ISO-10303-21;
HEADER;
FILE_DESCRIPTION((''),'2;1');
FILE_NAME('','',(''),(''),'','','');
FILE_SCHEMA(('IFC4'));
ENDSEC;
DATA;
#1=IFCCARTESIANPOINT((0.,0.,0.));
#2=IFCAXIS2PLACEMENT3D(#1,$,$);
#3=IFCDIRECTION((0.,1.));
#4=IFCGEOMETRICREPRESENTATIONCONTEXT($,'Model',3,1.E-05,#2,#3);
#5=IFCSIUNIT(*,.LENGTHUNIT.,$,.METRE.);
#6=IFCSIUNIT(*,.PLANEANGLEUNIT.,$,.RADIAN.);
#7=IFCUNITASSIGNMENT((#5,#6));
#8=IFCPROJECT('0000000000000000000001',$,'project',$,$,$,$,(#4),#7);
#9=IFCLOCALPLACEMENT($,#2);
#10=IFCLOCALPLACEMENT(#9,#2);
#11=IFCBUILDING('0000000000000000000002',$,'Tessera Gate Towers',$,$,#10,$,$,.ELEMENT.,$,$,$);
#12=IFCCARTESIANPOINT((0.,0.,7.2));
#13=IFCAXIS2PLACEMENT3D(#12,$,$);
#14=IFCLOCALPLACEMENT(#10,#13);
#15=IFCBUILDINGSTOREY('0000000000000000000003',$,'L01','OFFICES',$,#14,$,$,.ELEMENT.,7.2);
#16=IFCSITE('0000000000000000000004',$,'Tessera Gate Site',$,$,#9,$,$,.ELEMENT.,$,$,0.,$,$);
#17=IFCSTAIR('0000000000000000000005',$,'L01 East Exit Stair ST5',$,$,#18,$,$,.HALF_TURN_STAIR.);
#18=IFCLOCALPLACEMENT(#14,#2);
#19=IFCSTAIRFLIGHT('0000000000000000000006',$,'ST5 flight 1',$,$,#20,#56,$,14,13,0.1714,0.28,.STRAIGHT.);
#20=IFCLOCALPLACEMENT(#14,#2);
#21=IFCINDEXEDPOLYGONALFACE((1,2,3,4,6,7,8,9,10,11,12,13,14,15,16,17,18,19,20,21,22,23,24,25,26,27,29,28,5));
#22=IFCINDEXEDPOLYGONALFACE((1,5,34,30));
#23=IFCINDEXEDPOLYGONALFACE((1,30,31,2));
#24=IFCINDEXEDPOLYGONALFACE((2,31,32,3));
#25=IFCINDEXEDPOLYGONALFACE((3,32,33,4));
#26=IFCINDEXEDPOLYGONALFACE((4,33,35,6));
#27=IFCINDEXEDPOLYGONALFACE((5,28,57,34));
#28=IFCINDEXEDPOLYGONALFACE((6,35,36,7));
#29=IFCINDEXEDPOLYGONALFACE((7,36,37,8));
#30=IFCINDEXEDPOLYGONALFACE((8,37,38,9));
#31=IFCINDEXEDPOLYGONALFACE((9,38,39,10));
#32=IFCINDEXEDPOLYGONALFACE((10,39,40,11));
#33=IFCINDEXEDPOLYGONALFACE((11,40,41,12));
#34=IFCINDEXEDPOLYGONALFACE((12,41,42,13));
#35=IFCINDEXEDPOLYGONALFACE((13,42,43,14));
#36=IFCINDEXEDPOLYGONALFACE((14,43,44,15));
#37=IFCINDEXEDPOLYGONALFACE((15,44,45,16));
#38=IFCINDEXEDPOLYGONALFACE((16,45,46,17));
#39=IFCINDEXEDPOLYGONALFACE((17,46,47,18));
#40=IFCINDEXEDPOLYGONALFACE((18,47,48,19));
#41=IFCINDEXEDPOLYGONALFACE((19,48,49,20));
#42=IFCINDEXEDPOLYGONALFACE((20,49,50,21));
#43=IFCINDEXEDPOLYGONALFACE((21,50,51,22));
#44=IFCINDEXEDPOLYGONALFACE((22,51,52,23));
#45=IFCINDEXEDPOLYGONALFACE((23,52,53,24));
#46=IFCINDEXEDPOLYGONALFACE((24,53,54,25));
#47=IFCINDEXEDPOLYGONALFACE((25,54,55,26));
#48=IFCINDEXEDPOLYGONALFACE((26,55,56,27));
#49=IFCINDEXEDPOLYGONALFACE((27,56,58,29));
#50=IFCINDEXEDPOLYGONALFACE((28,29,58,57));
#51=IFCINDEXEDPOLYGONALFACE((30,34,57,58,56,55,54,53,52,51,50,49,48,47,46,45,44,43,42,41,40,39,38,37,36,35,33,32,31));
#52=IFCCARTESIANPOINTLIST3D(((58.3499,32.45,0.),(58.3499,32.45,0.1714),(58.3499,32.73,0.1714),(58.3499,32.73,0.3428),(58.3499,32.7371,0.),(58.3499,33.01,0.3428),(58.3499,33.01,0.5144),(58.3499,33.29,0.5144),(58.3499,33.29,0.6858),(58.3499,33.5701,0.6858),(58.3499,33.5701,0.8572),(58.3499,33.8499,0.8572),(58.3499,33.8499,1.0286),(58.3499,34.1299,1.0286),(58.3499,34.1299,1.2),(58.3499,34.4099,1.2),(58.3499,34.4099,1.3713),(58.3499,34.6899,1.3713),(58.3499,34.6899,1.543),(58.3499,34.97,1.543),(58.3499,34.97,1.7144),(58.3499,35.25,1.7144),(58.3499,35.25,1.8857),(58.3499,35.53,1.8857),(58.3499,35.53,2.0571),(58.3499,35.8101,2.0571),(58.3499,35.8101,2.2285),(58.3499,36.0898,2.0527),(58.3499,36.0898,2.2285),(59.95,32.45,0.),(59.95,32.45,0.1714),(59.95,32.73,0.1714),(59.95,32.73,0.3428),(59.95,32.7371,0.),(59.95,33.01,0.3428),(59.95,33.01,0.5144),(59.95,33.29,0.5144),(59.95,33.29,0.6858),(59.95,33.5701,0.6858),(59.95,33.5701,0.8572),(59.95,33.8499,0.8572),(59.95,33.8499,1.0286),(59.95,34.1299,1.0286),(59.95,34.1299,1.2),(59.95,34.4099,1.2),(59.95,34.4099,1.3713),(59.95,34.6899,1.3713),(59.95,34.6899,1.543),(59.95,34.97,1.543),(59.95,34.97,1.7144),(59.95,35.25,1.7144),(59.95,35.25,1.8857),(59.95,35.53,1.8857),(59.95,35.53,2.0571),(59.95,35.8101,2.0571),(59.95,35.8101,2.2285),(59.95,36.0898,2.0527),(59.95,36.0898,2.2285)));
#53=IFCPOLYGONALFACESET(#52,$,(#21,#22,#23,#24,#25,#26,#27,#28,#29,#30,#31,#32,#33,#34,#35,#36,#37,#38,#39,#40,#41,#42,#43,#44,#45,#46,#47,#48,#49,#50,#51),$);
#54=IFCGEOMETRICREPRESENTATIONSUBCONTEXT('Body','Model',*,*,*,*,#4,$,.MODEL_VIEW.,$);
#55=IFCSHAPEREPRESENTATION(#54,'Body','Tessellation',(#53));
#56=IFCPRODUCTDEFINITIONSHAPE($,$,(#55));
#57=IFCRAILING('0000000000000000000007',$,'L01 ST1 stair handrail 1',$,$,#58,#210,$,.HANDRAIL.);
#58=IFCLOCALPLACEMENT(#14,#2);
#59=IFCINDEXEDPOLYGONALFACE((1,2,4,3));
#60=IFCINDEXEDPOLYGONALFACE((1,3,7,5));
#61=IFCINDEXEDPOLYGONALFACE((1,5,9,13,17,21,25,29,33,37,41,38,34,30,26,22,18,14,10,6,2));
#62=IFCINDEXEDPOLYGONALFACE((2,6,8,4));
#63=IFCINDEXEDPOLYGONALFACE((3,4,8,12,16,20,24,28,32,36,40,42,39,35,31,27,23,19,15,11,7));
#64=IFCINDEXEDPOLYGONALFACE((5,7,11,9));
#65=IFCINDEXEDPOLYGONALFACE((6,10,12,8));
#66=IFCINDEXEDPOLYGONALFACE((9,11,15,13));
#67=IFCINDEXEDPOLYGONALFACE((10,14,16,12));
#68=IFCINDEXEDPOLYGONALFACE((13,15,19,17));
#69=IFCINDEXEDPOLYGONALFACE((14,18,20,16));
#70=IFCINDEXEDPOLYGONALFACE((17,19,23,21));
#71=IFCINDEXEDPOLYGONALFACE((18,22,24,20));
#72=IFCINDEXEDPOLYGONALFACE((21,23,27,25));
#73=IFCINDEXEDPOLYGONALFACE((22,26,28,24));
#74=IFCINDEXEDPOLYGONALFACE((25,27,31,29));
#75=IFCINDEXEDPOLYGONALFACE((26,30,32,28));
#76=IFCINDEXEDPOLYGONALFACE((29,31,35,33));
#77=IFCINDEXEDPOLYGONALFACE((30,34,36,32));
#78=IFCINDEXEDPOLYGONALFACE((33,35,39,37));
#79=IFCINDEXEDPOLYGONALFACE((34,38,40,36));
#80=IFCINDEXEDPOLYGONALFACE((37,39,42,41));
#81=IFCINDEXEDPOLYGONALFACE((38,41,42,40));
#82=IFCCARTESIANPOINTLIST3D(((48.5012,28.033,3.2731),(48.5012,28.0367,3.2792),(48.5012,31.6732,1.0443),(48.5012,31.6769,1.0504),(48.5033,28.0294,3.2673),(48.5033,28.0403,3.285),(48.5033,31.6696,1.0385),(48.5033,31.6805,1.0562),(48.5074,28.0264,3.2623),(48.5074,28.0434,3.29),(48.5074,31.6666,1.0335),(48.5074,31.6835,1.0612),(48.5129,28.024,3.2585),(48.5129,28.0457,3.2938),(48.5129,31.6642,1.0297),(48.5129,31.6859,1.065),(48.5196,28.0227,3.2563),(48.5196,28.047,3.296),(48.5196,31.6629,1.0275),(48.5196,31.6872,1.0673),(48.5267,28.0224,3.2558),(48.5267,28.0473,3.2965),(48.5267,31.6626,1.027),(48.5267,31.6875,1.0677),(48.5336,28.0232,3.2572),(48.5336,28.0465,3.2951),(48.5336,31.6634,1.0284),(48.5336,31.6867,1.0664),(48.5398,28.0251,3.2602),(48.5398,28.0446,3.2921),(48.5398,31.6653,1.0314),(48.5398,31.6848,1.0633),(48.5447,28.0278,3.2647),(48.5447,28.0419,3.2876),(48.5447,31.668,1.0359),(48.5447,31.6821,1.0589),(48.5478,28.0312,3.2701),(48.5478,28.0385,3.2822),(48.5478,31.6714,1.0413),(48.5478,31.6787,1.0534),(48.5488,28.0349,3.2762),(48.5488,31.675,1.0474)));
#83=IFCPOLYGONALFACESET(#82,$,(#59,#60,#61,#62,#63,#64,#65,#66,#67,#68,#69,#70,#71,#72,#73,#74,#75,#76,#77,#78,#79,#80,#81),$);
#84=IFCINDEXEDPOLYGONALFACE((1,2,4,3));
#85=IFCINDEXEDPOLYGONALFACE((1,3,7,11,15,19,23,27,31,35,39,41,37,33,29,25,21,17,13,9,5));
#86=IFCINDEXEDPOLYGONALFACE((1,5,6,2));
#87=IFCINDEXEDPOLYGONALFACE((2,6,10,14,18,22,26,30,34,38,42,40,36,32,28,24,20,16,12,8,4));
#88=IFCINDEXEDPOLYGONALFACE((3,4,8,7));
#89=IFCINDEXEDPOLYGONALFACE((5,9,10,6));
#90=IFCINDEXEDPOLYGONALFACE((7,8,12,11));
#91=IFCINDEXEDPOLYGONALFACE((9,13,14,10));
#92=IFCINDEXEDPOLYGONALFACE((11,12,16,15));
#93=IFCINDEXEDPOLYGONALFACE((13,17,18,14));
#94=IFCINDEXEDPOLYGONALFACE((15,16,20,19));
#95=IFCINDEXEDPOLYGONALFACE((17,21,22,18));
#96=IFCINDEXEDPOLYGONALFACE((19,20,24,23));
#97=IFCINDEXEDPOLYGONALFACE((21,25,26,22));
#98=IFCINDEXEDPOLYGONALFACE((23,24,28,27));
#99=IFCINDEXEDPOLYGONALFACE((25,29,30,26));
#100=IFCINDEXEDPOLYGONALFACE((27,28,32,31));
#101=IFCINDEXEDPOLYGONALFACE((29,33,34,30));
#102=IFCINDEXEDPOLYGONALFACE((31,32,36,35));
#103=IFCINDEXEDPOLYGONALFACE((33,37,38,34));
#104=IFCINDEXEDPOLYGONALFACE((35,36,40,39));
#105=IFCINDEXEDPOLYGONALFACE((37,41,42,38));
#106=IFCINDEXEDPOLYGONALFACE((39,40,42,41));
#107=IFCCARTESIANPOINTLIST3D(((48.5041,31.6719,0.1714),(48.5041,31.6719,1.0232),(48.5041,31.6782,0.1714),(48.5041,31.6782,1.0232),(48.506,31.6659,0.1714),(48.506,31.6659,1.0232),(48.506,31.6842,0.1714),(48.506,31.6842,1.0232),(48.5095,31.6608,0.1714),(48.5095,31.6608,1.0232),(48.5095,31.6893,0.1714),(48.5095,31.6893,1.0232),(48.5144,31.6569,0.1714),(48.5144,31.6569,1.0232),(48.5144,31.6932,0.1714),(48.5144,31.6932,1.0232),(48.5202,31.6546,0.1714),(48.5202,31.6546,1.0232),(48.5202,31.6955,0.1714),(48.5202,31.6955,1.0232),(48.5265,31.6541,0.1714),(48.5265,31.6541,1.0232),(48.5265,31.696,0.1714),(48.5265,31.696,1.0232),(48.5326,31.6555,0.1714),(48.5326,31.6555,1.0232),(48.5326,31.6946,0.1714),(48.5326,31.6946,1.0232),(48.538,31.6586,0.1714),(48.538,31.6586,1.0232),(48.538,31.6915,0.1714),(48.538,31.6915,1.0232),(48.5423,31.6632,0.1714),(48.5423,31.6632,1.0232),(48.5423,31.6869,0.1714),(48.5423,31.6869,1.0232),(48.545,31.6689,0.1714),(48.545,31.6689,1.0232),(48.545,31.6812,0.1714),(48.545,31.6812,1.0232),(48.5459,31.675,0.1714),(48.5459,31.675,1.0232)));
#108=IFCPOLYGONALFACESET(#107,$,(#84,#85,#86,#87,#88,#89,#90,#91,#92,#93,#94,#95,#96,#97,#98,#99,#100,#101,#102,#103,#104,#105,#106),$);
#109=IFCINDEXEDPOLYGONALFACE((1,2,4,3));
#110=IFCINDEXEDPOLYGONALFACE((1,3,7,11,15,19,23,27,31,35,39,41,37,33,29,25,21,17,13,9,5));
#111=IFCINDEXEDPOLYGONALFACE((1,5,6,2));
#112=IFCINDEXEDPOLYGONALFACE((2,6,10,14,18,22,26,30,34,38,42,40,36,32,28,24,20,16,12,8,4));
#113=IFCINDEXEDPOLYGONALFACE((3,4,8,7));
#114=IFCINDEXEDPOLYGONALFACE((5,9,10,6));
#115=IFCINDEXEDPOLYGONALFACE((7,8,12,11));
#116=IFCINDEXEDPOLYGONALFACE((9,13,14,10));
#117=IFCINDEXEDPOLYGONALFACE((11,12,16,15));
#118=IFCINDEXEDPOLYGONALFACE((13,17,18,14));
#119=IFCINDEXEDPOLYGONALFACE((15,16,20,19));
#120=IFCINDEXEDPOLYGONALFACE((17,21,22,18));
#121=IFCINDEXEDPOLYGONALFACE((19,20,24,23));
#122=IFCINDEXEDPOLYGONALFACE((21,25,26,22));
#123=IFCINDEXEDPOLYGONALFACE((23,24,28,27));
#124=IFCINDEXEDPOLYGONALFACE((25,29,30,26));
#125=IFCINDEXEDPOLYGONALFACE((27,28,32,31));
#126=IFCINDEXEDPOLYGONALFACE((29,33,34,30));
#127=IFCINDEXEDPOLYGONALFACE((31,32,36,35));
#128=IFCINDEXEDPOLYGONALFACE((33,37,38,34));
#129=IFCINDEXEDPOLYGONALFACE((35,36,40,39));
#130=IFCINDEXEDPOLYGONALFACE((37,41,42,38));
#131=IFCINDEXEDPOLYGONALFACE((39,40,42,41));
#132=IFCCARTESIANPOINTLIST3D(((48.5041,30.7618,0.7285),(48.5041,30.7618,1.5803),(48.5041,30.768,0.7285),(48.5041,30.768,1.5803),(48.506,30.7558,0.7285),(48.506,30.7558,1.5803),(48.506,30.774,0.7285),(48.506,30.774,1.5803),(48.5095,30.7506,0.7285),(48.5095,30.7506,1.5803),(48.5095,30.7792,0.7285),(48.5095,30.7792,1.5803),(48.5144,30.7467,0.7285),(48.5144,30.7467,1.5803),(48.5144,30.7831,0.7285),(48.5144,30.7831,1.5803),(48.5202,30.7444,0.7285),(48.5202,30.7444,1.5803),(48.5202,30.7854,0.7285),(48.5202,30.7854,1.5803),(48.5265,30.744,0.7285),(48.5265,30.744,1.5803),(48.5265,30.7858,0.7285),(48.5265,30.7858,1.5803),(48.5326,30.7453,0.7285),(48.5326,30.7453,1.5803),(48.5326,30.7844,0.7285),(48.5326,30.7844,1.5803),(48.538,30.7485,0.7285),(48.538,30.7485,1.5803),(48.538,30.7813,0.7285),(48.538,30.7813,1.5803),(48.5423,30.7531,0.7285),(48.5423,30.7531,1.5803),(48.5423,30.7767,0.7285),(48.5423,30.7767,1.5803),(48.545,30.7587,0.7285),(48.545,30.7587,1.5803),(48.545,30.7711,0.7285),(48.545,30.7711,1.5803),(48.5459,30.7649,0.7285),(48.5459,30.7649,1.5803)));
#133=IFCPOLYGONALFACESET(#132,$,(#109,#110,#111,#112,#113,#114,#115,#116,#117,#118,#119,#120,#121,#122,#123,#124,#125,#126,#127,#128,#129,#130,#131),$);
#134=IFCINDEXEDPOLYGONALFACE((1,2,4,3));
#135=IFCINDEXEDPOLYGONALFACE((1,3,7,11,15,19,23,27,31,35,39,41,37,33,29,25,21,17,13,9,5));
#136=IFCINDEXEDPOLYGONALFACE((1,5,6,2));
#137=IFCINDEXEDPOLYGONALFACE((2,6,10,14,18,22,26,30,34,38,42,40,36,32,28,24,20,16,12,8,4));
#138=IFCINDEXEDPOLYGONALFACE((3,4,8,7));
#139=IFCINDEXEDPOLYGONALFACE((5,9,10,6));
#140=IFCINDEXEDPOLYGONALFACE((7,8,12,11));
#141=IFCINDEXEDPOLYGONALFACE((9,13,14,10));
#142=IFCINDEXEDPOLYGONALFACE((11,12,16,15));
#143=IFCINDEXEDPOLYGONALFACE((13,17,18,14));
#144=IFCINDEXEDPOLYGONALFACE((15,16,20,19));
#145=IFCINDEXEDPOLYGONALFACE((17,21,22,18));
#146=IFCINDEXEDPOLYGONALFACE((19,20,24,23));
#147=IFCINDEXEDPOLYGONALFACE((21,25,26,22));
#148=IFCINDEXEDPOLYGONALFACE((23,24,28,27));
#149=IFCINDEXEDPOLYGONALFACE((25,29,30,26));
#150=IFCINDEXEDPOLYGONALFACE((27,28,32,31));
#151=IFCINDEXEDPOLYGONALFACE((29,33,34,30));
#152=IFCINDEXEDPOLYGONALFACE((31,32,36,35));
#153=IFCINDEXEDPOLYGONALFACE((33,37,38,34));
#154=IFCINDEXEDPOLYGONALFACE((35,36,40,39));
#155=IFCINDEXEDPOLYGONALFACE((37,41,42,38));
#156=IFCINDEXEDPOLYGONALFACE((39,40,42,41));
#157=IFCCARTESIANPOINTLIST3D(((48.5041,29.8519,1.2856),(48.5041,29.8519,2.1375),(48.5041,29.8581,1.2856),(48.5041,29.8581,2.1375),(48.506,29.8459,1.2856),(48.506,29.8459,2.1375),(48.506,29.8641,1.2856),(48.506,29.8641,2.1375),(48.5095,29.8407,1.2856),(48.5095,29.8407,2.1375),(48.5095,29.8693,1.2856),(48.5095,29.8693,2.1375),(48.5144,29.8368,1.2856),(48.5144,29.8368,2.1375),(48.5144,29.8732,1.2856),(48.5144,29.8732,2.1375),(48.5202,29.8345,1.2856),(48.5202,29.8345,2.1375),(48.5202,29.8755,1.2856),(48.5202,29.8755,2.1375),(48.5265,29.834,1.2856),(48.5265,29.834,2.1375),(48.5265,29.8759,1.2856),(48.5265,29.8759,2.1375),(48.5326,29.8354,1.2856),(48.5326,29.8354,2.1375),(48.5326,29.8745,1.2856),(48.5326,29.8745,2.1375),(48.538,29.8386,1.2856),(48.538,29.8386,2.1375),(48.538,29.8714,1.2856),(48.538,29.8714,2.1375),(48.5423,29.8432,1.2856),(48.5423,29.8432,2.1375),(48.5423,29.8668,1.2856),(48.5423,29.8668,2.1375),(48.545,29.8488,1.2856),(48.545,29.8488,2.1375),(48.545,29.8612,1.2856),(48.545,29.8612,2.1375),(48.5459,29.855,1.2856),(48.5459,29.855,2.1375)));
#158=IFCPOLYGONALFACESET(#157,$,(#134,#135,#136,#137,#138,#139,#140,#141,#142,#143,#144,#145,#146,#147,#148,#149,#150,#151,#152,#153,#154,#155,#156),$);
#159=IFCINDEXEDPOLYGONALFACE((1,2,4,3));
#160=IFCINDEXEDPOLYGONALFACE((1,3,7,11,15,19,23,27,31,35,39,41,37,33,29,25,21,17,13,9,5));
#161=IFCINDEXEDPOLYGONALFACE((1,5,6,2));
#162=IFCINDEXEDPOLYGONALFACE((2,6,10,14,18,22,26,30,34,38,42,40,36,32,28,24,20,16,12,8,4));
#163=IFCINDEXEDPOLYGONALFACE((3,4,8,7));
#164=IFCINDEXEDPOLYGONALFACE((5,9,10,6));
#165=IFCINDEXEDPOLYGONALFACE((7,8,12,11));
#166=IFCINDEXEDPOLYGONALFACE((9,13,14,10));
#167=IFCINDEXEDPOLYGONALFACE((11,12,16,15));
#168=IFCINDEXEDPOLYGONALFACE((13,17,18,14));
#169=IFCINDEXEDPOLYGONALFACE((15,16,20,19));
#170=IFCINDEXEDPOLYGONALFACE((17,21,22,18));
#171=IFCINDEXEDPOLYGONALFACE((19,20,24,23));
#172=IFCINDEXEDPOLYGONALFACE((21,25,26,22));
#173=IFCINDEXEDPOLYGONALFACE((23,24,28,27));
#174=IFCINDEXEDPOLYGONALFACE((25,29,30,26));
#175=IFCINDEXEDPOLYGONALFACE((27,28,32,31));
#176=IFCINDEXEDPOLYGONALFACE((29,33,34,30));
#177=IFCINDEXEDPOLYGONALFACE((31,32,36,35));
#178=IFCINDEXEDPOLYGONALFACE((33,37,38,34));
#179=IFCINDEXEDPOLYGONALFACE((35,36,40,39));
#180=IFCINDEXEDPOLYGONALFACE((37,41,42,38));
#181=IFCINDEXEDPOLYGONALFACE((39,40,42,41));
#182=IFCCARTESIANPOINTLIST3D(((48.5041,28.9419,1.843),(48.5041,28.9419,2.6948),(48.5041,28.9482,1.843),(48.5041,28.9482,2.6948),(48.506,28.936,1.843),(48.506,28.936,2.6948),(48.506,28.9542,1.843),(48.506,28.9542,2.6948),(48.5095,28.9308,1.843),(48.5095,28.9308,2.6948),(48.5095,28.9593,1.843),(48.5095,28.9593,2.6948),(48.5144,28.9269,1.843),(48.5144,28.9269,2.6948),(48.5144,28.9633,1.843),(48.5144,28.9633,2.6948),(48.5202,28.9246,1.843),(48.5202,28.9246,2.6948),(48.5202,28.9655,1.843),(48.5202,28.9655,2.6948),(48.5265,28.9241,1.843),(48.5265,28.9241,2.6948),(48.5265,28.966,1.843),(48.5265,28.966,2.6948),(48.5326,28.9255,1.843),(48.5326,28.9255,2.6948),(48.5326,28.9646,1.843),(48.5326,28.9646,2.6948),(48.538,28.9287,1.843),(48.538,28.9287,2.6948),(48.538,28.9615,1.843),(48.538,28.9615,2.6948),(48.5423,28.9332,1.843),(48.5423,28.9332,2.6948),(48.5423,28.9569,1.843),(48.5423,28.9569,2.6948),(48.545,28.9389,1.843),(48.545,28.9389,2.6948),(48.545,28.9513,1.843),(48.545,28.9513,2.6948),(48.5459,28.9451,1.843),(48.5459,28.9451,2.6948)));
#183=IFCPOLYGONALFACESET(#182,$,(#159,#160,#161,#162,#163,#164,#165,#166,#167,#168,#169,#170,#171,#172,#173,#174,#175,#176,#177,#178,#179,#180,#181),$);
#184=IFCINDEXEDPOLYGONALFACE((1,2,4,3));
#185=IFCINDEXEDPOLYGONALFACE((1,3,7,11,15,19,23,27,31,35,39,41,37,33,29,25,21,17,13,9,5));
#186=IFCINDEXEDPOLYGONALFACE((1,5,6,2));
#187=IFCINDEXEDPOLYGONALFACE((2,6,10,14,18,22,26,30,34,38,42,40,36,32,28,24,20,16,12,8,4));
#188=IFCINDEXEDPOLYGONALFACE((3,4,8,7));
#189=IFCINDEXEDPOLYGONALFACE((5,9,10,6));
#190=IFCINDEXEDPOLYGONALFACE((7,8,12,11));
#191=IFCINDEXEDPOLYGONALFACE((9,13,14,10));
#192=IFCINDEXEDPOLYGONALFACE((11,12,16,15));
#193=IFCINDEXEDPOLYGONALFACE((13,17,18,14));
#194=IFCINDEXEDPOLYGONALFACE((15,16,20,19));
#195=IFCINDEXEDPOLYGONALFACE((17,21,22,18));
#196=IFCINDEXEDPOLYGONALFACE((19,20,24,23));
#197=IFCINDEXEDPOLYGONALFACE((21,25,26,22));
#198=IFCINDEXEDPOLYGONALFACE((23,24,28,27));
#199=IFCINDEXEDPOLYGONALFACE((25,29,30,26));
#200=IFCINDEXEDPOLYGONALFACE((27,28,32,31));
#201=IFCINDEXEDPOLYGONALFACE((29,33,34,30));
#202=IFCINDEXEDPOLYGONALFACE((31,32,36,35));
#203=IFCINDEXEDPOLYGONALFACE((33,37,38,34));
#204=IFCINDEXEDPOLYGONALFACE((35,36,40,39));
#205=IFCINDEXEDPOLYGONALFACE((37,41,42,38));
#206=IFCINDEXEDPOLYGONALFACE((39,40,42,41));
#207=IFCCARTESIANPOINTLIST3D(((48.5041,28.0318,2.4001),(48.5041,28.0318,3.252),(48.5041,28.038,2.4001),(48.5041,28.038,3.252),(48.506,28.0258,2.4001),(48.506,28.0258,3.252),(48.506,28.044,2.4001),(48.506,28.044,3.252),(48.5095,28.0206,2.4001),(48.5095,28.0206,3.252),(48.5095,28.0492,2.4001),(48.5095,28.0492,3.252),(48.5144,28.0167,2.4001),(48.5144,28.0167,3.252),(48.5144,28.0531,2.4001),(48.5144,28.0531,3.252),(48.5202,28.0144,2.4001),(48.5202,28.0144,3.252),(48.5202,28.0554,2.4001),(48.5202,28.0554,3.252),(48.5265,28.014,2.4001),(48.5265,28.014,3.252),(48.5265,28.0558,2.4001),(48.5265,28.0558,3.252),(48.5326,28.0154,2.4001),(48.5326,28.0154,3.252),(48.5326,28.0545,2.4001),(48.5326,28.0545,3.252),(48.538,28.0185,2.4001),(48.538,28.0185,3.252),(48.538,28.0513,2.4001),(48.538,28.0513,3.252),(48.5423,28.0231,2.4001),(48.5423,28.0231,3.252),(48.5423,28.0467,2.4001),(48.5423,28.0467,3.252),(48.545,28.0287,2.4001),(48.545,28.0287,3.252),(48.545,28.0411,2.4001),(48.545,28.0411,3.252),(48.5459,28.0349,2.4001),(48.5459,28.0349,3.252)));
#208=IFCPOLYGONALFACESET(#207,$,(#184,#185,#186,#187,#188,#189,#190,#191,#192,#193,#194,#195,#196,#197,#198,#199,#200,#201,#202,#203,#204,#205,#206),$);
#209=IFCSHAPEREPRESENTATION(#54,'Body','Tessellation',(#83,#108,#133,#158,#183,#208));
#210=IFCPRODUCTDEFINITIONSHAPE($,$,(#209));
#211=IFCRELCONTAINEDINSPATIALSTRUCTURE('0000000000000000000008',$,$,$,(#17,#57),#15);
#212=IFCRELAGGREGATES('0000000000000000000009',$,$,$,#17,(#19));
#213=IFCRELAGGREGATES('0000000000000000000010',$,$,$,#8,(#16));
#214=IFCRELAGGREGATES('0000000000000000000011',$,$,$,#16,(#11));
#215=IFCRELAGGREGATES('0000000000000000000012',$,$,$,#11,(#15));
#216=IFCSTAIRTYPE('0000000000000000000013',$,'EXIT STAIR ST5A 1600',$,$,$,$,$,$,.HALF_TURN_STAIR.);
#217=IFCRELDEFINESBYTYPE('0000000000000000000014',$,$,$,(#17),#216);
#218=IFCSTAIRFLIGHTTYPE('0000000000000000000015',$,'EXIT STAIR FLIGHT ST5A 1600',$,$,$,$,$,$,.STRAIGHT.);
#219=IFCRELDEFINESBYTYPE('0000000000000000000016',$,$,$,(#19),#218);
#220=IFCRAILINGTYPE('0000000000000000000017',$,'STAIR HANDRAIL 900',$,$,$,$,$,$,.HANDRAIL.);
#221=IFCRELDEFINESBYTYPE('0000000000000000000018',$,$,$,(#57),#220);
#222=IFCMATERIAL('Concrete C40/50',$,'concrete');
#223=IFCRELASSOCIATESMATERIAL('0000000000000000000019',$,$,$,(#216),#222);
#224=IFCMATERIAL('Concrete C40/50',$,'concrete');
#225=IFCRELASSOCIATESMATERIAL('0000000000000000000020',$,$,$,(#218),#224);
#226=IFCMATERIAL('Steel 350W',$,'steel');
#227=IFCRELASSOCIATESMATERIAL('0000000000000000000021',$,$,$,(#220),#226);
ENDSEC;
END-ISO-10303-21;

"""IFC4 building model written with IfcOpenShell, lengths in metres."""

from ifc_helpers import new_model, si_unit, direction, frame, origin, origin_2d, place, context, subcontext, project, spatial, polyline, circle, outline, extrude, material, type_object, element, aggregate, save


model = new_model("IFC4")

# Units and contexts
model_context = context("Model", 3, precision=1e-05, world=origin(), true_north=direction((0.0, 1.0)))
body_context = subcontext(model_context, "Body", "Model", "MODEL_VIEW")
ifc_project = project(units=[si_unit("LENGTHUNIT", "METRE"), si_unit("PLANEANGLEUNIT", "RADIAN")], contexts=[model_context])

# Site, building, storey
site_placement = place(None, origin())
site = spatial("IfcSite", under=ifc_project, at=site_placement, Name="Tessera Gate Site", CompositionType="ELEMENT", RefElevation=0.0)
building_placement = place(site_placement, origin())
building = spatial("IfcBuilding", under=site, at=building_placement, Name="Tessera Gate Towers", CompositionType="ELEMENT")
storey_placement = place(building_placement, frame((0.0, 0.0, 7.2)))
storey = spatial("IfcBuildingStorey", under=building, at=storey_placement, Name="L01", Description="OFFICES", CompositionType="ELEMENT", Elevation=7.2)

# Stair, stair flight
ifc_material_1 = material(Name="Concrete C40/50", Category="concrete")
stair_type_1 = type_object("IfcStairType", Name="EXIT STAIR ST5A 1600", PredefinedType="HALF_TURN_STAIR", material=ifc_material_1)
stair_1_placement = place(storey_placement, origin())
stair_1 = element("IfcStair", 1, at=stair_1_placement, inside=storey, type_object=stair_type_1, Name="L01 East Exit Stair ST5", PredefinedType="HALF_TURN_STAIR")
ifc_material_2 = material(Name="Concrete C40/50", Category="concrete")
stair_flight_type_1 = type_object("IfcStairFlightType", Name="EXIT STAIR FLIGHT ST5A 1600", PredefinedType="STRAIGHT", material=ifc_material_2)
stair_flight_1_placement = place(storey_placement, frame((59.1499, 32.45, 0.0), z_axis=(0.0, 0.0, 1.0), x_axis=(0.0, 1.0, 0.0)))
stair_flight_1 = element("IfcStairFlight", 2, at=stair_flight_1_placement, type_object=stair_flight_type_1, Name="ST5 flight 1", NumberOfRisers=14, NumberOfTreads=13, PredefinedType="STRAIGHT", RiserHeight=0.1714, TreadLength=0.28, context=body_context, shape_type="SweptSolid", body=[
    extrude(outline(polyline([(0.0, 0.0), (0.0, 0.1714), (0.28, 0.1714), (0.28, 0.3428), (0.5601, 0.3428), (0.5601, 0.5144), (0.8401, 0.5144), (0.8401, 0.6858), (1.1201, 0.6858), (1.1201, 0.8572), (1.3999, 0.8572), (1.3999, 1.0286), (1.6799, 1.0286), (1.6799, 1.2), (1.96, 1.2), (1.96, 1.3713), (2.24, 1.3713), (2.24, 1.543), (2.52, 1.543), (2.52, 1.7144), (2.8, 1.7144), (2.8, 1.8857), (3.0801, 1.8857), (3.0801, 2.0571), (3.3601, 2.0571), (3.3601, 2.2285), (3.6399, 2.2285), (3.6399, 2.3999), (3.6399, 2.0527), (0.2871, 0.0), (0.0, 0.0)])), frame((0.0, 0.8, 0.0), z_axis=(0.0, -1.0, 0.0), x_axis=(1.0, 0.0, 0.0)), (0.0, 0.0, 1.0), 1.6001),
])
aggregate(stair_1, [stair_flight_1])

# Railing
ifc_material_3 = material(Name="Steel 350W", Category="steel")
railing_type_1 = type_object("IfcRailingType", Name="STAIR HANDRAIL 900", PredefinedType="HANDRAIL", material=ifc_material_3)
railing_1_placement = place(storey_placement, frame((48.5249, 31.675, 0.1714)))
element("IfcRailing", 3, at=railing_1_placement, inside=storey, type_object=railing_type_1, Name="L01 ST1 stair handrail 1", PredefinedType="HANDRAIL", context=body_context, shape_type="SweptSolid", body=[
    extrude(circle(Radius=0.0239, at=origin_2d()), frame((0.0, 0.0, 0.876), z_axis=(0.0, -0.85284, 0.522172), x_axis=(1.0, 0.0, 0.0)), (0.0, 0.0, 1.0), 4.2683),
    extrude(circle(Radius=0.021, at=origin_2d()), origin(), (0.0, 0.0, 1.0), 0.8518),
    extrude(circle(Radius=0.021, at=origin_2d()), frame((0.0, -0.9102, 0.5571)), (0.0, 0.0, 1.0), 0.8518),
    extrude(circle(Radius=0.021, at=origin_2d()), frame((0.0, -1.8201, 1.1143)), (0.0, 0.0, 1.0), 0.8518),
    extrude(circle(Radius=0.021, at=origin_2d()), frame((0.0, -2.73, 1.6716)), (0.0, 0.0, 1.0), 0.8518),
    extrude(circle(Radius=0.021, at=origin_2d()), frame((0.0, -3.6401, 2.2288)), (0.0, 0.0, 1.0), 0.8518),
])

save(model, "model.ifc")
